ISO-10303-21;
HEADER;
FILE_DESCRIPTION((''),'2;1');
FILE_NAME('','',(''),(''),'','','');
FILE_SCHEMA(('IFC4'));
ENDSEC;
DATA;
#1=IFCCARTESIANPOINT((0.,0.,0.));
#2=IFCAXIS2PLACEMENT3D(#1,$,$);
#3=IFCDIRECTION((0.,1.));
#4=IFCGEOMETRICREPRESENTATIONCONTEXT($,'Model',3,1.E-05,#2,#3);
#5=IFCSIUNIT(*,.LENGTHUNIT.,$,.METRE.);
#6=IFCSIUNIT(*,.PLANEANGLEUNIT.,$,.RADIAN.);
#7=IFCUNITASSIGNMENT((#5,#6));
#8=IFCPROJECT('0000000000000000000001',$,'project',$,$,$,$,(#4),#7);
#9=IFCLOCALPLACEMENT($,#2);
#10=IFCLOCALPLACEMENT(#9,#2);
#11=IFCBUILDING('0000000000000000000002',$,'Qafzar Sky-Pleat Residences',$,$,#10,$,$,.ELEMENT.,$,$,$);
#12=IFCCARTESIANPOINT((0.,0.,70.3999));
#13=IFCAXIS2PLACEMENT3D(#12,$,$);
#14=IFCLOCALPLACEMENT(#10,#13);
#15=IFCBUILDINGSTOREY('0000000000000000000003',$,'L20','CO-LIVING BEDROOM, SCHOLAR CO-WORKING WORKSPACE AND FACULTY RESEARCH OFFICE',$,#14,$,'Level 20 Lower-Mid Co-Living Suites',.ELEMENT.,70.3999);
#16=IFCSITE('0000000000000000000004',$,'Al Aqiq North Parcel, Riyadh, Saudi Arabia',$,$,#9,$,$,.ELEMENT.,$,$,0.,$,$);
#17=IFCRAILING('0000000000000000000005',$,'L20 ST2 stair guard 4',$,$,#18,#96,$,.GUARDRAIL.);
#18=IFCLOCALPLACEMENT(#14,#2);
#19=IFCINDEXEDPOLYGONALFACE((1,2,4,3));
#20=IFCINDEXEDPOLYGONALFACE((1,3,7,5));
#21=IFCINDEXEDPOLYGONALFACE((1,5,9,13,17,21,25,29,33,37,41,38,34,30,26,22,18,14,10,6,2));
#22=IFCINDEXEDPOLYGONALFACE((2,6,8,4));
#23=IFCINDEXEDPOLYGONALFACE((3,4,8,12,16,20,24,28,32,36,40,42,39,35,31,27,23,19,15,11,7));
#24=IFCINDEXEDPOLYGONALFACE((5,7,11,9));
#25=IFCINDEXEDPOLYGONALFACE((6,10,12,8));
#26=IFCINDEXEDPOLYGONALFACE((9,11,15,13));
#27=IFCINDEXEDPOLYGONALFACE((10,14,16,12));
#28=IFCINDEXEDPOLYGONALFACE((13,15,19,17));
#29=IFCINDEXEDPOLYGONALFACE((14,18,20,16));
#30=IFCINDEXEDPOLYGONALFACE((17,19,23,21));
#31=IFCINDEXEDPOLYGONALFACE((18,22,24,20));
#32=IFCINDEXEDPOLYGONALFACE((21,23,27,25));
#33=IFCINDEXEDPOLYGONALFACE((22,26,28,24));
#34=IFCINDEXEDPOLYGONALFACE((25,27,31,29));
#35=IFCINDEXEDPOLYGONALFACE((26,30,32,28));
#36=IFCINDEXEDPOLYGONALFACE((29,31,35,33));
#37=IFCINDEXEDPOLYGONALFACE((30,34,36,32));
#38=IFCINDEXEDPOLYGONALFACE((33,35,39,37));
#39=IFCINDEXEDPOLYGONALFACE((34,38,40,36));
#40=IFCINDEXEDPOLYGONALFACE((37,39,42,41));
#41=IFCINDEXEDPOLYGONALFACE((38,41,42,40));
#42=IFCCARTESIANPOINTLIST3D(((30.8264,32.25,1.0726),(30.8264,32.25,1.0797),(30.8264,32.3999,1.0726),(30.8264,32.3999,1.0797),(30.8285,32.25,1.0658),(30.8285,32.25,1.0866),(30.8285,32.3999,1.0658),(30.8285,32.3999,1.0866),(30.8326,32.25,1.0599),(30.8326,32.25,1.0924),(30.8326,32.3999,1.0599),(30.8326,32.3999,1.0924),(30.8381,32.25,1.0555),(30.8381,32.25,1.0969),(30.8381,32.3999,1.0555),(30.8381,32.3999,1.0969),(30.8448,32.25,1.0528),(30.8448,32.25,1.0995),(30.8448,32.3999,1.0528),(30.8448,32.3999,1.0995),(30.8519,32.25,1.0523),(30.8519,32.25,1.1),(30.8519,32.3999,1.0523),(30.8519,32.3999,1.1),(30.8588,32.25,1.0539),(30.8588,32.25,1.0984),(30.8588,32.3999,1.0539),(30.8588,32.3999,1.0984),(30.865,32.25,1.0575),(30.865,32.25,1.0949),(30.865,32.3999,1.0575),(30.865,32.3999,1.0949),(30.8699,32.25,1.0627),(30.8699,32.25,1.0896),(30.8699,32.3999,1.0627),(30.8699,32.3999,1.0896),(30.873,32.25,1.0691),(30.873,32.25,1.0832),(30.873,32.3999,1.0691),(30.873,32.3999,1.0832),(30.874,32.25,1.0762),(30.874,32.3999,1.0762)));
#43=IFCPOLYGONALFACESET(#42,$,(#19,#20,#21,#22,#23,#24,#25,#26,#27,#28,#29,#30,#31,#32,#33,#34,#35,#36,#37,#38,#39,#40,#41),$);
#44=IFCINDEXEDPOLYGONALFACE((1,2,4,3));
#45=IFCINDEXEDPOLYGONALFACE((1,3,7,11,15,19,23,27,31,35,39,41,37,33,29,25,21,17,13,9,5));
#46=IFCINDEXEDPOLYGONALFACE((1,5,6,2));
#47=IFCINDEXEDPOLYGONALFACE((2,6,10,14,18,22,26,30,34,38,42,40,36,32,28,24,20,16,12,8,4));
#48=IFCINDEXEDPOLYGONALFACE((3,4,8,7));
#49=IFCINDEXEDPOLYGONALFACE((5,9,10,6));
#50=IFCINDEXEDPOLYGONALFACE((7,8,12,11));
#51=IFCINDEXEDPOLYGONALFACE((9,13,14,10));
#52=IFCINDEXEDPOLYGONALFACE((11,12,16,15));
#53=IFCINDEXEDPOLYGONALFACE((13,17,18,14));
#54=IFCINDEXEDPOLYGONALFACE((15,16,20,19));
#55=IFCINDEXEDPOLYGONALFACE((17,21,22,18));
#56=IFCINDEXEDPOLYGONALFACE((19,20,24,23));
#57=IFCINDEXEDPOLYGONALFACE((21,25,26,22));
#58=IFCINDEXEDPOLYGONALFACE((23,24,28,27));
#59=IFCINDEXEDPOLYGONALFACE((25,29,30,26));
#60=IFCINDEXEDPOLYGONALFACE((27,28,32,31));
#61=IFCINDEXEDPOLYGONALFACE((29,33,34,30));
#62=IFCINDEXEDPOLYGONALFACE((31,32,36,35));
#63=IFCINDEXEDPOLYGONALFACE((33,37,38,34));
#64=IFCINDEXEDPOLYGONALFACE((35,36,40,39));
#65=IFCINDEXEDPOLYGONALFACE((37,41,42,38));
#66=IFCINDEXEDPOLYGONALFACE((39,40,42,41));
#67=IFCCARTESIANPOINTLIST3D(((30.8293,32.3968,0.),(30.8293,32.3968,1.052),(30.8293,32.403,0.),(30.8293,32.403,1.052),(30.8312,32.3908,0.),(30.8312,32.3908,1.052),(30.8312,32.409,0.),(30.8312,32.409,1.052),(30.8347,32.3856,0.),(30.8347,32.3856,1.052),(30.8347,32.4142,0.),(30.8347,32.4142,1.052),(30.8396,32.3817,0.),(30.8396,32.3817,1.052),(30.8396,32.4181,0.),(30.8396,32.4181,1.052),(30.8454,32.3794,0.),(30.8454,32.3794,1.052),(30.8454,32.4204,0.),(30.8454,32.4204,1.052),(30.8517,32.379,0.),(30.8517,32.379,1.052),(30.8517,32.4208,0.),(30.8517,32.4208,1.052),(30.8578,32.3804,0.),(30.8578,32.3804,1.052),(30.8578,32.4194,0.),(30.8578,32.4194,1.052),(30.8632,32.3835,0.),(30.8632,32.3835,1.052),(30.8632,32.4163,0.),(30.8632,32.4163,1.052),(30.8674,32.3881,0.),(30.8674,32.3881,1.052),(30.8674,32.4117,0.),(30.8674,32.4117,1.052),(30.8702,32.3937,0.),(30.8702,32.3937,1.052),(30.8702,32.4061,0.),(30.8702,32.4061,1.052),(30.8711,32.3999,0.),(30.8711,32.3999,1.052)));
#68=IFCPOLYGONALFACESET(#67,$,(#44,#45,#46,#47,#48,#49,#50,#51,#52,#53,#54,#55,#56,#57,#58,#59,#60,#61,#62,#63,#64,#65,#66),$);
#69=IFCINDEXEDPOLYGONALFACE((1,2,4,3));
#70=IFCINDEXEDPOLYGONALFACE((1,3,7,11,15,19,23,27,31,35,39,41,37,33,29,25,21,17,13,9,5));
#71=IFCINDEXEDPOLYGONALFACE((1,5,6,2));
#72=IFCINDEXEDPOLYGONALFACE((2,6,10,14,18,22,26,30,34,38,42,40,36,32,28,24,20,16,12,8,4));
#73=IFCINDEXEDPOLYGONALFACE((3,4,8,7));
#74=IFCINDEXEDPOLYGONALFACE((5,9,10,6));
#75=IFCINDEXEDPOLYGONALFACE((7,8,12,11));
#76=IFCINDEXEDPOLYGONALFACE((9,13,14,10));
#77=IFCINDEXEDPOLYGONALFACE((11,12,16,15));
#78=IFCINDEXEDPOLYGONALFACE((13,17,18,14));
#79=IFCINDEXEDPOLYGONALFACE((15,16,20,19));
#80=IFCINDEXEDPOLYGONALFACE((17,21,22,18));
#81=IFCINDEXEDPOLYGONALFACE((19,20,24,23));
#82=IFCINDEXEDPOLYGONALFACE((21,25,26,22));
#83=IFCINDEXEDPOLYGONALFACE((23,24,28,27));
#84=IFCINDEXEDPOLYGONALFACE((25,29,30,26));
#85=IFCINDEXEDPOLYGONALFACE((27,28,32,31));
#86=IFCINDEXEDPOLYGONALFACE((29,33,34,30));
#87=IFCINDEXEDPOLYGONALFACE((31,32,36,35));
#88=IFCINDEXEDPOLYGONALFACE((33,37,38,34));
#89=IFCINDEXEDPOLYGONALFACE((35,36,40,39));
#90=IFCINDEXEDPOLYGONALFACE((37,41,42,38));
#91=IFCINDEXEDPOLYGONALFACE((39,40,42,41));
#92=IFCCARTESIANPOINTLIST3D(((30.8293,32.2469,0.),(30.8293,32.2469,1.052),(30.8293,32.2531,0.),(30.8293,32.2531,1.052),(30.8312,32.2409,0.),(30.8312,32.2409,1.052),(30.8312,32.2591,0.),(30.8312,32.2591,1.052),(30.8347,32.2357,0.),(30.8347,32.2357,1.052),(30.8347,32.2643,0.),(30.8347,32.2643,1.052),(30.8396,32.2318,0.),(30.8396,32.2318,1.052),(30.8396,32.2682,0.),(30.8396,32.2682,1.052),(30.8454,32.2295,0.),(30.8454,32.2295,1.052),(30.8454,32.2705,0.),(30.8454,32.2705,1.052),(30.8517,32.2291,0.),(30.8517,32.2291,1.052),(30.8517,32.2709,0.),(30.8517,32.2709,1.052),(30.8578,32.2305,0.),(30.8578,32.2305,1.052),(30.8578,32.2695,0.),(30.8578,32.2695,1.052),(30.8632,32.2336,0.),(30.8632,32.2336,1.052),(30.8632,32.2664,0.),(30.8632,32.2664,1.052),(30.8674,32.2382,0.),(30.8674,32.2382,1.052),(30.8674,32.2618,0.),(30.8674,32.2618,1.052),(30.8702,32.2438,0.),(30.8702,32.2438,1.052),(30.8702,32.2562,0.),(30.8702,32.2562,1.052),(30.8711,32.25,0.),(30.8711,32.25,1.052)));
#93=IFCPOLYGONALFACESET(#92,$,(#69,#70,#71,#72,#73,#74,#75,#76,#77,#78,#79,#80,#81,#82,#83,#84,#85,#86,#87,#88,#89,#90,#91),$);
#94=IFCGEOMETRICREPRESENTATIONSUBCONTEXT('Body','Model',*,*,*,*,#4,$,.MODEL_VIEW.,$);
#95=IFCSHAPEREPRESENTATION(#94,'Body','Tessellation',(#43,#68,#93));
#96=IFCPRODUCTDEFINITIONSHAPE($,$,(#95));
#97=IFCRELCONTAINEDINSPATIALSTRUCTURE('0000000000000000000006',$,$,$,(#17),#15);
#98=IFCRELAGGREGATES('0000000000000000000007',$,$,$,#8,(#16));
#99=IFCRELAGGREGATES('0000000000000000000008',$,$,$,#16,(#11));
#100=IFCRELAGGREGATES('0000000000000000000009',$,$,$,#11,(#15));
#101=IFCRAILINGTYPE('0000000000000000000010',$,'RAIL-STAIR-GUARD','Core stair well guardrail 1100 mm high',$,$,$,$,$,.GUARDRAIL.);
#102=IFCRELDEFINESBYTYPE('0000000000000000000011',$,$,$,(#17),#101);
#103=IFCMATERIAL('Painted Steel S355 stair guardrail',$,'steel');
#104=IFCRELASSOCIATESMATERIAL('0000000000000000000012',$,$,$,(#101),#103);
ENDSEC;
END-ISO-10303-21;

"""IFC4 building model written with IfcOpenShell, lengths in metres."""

from ifc_helpers import new_model, si_unit, direction, frame, origin, origin_2d, place, context, subcontext, project, spatial, circle, extrude, source, transform, mapped, material, type_object, element, save


model = new_model("IFC4")

# Units and contexts
model_context = context("Model", 3, precision=1e-05, world=origin(), true_north=direction((0.0, 1.0)))
body_context = subcontext(model_context, "Body", "Model", "MODEL_VIEW")
ifc_project = project(units=[si_unit("LENGTHUNIT", "METRE"), si_unit("PLANEANGLEUNIT", "RADIAN")], contexts=[model_context])

# Site, building, storey
site_placement = place(None, origin())
site = spatial("IfcSite", under=ifc_project, at=site_placement, Name="Al Aqiq North Parcel, Riyadh, Saudi Arabia", CompositionType="ELEMENT", RefElevation=0.0)
building_placement = place(site_placement, origin())
building = spatial("IfcBuilding", under=site, at=building_placement, Name="Qafzar Sky-Pleat Residences", CompositionType="ELEMENT")
storey_placement = place(building_placement, frame((0.0, 0.0, 70.3999)))
storey = spatial("IfcBuildingStorey", under=building, at=storey_placement, Name="L20", Description="CO-LIVING BEDROOM, SCHOLAR CO-WORKING WORKSPACE AND FACULTY RESEARCH OFFICE", LongName="Level 20 Lower-Mid Co-Living Suites", CompositionType="ELEMENT", Elevation=70.3999)

# Railing
ifc_material_1 = material(Name="Painted Steel S355 stair guardrail", Category="steel")
railing_type_1 = type_object("IfcRailingType", Name="RAIL-STAIR-GUARD", Description="Core stair well guardrail 1100 mm high", PredefinedType="GUARDRAIL", material=ifc_material_1)
shared_shape_1 = source(origin(), body_context, "Body", "SweptSolid", [
    extrude(circle(Radius=0.0239, at=origin_2d()), frame((0.0, 0.0, 1.0762), z_axis=(0.0, -1.0, 0.0), x_axis=(1.0, 0.0, 0.0)), (0.0, 0.0, 1.0), 0.1499),
    extrude(circle(Radius=0.021, at=origin_2d()), origin(), (0.0, 0.0, 1.0), 1.052),
    extrude(circle(Radius=0.021, at=origin_2d()), frame((0.0, -0.1499, 0.0)), (0.0, 0.0, 1.0), 1.052),
])
for number, where, name in (
    (1, (30.8501, 32.3999, 0.0), "L20 ST2 stair guard 4"),
):
    element("IfcRailing", number, at=place(storey_placement, frame(where)), inside=storey, type_object=railing_type_1, Name=name, PredefinedType="GUARDRAIL", context=body_context, shape_type="MappedRepresentation", body=[
        mapped(shared_shape_1, transform((0.0, 0.0, 0.0), x_axis=(1.0, 0.0, 0.0), y_axis=(0.0, 1.0, 0.0), z_axis=(0.0, 0.0, 1.0), scale=1.0)),
    ])

save(model, "model.ifc")
